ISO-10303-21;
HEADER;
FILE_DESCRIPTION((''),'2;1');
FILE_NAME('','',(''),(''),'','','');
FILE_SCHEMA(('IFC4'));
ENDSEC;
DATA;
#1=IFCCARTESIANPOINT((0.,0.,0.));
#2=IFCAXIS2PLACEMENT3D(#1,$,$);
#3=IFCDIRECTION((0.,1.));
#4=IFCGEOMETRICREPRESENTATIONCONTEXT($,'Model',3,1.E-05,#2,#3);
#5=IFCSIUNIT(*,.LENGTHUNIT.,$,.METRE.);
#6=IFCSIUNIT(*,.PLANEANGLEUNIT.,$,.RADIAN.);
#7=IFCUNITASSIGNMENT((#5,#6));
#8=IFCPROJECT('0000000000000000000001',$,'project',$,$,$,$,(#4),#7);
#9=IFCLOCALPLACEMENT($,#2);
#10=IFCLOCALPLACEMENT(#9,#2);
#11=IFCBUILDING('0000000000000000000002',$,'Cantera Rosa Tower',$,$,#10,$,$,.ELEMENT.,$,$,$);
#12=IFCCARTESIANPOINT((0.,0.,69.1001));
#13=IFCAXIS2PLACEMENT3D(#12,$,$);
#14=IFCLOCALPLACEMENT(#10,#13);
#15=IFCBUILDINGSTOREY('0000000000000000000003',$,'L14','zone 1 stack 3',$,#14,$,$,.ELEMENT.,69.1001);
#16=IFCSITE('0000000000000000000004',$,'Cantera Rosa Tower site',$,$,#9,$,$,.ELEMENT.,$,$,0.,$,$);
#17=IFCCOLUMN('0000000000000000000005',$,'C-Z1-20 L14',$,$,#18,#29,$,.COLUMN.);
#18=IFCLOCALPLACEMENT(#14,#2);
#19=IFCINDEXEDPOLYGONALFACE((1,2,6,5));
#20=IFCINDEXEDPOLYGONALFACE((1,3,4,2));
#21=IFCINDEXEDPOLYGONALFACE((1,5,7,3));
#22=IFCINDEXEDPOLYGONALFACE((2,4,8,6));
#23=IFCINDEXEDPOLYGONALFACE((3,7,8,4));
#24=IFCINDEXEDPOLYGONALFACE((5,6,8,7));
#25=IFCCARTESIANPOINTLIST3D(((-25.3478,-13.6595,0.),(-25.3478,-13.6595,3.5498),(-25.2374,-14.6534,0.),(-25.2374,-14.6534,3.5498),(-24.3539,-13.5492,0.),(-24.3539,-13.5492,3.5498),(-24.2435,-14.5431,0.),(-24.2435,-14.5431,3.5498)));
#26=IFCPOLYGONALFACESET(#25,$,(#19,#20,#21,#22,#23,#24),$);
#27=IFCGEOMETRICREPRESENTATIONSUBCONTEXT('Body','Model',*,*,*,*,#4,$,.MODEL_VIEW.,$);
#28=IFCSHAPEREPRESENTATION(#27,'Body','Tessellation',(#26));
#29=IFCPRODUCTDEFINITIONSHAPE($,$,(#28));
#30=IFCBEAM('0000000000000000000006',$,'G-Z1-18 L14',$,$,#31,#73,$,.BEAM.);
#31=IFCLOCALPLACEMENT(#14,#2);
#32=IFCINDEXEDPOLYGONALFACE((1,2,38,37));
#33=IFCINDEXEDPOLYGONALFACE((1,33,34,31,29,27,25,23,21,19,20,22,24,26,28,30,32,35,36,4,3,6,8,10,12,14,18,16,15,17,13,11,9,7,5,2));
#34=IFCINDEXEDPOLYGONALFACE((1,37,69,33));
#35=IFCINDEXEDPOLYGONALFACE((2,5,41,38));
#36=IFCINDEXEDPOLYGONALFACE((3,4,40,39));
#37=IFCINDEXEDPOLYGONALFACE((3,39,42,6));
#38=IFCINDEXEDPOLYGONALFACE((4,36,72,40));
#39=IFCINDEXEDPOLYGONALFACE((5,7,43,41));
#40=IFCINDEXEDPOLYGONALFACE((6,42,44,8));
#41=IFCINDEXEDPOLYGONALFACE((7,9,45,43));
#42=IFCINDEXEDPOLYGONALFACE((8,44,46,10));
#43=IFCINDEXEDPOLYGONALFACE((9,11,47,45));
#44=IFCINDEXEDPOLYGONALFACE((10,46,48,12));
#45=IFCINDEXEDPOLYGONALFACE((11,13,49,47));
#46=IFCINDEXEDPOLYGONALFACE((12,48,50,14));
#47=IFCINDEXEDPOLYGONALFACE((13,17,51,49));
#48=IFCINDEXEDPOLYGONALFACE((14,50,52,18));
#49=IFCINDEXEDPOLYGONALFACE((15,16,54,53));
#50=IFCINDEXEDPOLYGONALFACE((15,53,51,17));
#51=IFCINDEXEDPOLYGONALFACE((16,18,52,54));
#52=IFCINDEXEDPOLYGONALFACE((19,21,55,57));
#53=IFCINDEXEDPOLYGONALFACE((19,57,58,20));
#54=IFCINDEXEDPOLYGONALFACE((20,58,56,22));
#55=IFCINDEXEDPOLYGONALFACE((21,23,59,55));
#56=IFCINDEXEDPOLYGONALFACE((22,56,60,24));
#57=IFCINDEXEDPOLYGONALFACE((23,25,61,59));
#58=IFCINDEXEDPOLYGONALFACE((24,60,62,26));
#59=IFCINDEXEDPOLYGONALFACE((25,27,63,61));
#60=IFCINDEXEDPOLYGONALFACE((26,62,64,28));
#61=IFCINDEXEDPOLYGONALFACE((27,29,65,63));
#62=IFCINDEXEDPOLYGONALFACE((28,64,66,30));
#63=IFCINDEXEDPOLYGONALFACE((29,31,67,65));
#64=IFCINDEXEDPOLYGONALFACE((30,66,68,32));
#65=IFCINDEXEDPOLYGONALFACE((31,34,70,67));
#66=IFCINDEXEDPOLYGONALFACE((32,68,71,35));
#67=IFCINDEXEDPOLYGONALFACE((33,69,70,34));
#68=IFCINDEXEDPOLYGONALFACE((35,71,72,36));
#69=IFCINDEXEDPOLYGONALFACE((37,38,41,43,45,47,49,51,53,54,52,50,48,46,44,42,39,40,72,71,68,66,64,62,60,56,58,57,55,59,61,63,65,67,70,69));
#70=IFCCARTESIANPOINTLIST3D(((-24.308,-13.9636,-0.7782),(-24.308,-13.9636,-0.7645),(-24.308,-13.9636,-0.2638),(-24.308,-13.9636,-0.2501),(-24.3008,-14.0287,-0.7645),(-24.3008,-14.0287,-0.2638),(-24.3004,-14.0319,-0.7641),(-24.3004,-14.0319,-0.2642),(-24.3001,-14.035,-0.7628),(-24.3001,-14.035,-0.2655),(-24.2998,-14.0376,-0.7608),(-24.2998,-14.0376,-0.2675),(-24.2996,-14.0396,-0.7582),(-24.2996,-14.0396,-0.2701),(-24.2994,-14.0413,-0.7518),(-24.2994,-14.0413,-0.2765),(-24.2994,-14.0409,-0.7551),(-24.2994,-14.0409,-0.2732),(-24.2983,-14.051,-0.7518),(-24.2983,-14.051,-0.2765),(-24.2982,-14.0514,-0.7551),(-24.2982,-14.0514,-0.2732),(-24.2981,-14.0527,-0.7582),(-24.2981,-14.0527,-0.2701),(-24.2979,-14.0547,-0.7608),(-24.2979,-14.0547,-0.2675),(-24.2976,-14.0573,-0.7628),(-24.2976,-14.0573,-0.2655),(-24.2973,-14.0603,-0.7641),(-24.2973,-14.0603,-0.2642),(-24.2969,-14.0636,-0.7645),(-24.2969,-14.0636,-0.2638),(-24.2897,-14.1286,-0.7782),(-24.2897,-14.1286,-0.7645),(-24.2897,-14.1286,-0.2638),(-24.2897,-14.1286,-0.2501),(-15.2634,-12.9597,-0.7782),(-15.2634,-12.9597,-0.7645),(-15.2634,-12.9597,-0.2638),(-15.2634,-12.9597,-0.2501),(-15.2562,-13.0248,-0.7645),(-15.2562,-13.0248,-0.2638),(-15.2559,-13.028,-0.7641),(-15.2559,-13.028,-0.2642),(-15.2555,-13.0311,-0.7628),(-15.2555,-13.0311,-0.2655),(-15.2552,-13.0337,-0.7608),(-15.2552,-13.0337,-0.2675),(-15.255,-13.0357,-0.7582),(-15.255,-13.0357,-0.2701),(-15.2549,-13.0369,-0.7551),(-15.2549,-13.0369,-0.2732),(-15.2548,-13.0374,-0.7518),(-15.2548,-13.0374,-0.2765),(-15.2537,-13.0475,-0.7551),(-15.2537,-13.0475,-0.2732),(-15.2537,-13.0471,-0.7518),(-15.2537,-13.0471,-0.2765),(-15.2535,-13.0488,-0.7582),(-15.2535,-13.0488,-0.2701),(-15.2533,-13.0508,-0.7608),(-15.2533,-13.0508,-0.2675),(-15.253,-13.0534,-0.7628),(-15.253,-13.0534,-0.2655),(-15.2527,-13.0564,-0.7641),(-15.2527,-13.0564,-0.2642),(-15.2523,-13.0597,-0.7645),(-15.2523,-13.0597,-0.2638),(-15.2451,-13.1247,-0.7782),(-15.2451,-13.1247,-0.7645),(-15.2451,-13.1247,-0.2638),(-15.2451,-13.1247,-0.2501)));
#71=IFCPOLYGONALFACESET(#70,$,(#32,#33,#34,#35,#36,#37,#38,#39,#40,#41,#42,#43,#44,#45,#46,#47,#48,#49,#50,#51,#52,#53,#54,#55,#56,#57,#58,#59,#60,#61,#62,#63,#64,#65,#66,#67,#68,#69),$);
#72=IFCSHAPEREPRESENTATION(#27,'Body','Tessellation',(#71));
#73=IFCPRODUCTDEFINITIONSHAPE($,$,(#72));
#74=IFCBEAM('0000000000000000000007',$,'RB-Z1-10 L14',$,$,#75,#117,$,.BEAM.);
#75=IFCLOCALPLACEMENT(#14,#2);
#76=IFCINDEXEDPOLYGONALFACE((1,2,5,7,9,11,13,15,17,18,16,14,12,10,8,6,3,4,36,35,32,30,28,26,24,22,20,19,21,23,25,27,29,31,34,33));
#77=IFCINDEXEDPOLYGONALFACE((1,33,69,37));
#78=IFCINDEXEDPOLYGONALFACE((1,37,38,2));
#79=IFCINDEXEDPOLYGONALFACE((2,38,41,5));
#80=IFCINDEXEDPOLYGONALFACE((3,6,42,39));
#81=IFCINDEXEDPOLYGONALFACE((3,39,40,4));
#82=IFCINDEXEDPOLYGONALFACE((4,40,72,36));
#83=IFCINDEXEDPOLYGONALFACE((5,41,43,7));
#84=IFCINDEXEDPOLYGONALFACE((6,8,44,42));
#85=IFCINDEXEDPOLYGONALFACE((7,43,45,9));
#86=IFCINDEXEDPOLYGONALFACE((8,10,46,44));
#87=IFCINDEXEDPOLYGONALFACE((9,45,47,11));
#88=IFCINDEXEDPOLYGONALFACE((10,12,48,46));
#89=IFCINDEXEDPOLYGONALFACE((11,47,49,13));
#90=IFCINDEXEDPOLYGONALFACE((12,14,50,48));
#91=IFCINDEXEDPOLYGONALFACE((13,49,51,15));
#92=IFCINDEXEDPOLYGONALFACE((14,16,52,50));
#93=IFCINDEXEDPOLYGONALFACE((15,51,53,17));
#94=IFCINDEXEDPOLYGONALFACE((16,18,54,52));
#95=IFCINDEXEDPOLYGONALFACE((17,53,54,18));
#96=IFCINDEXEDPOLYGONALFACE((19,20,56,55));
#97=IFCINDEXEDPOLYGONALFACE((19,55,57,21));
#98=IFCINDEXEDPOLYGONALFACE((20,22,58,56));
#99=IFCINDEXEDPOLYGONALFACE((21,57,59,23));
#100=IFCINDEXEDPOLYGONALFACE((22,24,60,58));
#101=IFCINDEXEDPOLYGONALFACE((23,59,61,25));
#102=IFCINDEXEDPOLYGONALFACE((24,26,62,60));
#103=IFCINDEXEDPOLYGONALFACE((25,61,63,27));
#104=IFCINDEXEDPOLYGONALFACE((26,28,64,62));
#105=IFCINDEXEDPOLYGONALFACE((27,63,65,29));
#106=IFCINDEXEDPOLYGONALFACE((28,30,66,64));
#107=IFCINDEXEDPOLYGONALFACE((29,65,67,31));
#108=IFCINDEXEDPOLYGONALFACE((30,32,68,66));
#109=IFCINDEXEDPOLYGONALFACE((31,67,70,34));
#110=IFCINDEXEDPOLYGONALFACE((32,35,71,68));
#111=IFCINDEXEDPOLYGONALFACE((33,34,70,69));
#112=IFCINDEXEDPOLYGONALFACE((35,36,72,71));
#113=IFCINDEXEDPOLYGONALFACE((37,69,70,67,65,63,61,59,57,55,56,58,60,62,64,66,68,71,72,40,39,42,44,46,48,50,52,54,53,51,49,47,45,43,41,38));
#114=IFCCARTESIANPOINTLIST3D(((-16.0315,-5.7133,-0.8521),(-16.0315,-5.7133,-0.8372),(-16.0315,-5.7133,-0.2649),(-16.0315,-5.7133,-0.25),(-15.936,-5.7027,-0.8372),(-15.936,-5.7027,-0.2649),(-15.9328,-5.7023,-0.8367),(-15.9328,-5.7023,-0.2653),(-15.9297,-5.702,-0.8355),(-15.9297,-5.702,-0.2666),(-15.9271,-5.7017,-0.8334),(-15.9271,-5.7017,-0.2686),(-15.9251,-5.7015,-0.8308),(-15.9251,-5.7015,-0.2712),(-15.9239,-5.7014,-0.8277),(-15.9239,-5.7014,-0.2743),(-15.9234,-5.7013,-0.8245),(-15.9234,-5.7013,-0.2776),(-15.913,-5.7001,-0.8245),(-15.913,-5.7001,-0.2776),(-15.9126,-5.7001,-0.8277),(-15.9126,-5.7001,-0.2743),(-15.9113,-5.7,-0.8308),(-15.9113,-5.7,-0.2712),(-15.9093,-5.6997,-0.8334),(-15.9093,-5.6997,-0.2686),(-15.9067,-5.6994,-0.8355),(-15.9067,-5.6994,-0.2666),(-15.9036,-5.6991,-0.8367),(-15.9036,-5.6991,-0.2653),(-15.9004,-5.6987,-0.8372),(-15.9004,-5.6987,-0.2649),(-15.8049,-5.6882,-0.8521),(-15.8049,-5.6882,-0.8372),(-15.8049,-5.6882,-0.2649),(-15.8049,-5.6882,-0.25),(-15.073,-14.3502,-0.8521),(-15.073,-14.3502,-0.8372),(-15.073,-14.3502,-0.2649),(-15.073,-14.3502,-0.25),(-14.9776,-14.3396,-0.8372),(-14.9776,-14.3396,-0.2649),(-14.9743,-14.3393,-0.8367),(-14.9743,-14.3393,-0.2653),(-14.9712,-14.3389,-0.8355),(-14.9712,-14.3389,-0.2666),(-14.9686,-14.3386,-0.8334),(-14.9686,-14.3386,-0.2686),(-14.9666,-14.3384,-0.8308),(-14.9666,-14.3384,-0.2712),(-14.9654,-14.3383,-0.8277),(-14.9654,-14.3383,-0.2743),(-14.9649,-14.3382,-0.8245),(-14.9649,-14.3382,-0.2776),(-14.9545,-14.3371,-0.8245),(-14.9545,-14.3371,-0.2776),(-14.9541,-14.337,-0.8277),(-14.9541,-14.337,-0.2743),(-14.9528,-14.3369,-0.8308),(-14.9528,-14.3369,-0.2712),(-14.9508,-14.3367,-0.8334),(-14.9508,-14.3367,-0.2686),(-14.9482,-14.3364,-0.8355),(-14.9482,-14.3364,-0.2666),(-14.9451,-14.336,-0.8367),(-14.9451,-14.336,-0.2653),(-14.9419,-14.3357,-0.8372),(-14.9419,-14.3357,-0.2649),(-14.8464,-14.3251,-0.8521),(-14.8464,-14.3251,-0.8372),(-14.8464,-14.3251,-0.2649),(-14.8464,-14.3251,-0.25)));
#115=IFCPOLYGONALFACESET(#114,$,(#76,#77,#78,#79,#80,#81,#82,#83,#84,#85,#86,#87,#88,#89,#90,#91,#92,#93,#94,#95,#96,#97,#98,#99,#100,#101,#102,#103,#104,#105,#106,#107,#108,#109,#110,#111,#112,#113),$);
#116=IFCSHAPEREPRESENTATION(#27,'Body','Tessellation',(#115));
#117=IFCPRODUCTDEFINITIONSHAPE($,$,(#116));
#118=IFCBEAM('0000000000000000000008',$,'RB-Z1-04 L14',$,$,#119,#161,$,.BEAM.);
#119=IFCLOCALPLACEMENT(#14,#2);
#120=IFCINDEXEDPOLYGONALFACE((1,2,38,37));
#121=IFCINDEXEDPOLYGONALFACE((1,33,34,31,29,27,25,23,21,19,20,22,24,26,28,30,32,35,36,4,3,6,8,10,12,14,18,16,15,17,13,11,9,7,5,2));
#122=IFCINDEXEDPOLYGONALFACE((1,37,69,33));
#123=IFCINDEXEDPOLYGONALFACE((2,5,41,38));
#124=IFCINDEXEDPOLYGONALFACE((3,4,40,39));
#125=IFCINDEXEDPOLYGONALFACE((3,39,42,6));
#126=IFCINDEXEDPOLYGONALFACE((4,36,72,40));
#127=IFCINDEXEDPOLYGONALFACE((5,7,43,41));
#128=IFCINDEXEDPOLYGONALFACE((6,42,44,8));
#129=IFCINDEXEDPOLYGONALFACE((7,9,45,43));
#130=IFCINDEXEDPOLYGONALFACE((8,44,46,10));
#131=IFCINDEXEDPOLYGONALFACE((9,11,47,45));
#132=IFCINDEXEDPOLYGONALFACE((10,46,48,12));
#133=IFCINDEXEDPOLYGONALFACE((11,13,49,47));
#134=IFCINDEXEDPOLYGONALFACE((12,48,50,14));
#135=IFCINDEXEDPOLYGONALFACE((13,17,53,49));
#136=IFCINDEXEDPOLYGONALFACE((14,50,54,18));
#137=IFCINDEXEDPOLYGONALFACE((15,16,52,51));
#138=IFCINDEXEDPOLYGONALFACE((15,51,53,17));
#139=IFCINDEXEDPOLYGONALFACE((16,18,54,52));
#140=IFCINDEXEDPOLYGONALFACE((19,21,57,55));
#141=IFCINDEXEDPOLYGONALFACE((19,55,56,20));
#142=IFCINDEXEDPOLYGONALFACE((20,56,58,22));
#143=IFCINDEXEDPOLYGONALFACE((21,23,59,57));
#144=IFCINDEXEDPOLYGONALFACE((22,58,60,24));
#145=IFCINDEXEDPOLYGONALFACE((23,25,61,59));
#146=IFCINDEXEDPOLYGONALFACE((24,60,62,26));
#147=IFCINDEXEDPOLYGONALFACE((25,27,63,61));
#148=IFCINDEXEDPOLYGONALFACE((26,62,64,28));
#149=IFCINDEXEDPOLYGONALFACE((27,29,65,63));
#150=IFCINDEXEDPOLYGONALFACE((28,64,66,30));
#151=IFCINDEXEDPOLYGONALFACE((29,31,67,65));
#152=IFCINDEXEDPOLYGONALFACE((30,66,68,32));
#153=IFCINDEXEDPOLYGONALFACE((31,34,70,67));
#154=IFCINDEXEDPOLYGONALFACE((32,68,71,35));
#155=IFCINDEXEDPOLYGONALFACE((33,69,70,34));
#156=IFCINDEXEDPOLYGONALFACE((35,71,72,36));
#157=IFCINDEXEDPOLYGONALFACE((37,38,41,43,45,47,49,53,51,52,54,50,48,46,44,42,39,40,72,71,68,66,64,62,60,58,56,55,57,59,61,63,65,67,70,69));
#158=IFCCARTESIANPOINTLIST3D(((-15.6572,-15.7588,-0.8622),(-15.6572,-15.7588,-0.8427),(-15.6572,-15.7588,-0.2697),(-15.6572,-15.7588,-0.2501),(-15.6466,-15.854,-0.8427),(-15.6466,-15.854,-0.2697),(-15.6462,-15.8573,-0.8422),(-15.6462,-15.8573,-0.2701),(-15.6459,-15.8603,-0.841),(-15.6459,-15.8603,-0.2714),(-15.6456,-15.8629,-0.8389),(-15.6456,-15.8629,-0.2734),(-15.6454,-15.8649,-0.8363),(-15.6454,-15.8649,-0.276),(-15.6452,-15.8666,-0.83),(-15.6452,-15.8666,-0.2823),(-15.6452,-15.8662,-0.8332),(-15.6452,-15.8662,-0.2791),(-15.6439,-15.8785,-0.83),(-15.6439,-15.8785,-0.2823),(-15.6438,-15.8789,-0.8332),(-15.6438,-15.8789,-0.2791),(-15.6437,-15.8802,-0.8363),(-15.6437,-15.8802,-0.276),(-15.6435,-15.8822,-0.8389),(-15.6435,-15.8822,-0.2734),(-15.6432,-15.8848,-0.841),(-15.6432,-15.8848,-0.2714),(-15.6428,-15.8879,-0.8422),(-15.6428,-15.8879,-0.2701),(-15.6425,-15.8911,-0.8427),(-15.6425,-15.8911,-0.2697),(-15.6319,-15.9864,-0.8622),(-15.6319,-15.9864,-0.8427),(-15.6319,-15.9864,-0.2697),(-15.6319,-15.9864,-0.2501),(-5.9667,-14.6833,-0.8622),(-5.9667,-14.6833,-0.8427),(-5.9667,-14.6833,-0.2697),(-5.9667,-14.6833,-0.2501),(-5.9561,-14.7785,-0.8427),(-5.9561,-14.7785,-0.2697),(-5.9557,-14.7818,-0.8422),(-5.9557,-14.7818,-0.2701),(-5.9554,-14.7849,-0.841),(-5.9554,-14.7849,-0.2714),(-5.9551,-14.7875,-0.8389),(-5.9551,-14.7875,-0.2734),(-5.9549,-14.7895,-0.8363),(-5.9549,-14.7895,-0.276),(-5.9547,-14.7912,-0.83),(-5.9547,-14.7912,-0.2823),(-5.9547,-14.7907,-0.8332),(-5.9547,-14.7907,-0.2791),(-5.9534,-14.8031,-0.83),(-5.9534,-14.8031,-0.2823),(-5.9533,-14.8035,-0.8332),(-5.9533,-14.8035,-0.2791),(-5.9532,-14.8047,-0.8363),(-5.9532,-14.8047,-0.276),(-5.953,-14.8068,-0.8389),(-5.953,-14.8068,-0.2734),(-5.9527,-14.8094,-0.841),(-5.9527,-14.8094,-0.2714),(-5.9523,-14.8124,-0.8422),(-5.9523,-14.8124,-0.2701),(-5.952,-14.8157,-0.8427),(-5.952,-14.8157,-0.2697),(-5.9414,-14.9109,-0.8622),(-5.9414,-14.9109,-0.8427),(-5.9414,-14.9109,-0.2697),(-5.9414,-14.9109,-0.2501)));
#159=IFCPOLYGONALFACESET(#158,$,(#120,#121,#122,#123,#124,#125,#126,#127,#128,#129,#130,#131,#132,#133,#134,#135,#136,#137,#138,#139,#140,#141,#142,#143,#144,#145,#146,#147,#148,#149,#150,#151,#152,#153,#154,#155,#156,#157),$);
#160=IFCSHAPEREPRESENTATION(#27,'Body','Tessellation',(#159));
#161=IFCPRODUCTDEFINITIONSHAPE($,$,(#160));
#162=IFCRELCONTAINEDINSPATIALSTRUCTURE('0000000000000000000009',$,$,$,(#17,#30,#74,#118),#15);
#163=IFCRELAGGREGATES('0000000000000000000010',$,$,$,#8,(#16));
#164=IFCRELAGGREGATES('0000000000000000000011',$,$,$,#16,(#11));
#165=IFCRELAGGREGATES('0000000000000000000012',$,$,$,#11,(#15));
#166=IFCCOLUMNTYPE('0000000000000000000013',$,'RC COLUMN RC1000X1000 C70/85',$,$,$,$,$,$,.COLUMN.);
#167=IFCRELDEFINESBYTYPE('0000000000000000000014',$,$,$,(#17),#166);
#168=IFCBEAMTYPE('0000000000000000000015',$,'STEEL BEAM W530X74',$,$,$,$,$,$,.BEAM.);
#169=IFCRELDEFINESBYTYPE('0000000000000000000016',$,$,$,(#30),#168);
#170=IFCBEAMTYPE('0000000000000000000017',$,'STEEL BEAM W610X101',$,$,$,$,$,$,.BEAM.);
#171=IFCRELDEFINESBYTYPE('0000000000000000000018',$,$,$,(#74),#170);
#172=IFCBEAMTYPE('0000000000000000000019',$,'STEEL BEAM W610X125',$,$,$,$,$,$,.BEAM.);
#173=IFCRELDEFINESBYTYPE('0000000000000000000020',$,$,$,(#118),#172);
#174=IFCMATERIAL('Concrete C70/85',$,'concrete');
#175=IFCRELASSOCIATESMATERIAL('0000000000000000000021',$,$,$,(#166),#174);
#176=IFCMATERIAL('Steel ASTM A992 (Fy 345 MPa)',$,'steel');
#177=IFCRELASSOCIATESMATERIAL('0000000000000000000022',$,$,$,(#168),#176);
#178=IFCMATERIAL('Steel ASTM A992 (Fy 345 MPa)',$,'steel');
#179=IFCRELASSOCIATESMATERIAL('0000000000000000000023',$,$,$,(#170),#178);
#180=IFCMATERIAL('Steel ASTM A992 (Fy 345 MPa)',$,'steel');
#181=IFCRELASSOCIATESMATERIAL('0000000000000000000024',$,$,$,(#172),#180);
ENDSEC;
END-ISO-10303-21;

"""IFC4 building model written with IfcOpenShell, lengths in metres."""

from ifc_helpers import new_model, si_unit, direction, frame, origin, origin_2d, place, context, subcontext, project, spatial, rectangle, i_section, extrude, material, material_profile, profile_set, type_object, element, save


model = new_model("IFC4")

# Units and contexts
model_context = context("Model", 3, precision=1e-05, world=origin(), true_north=direction((0.0, 1.0)))
body_context = subcontext(model_context, "Body", "Model", "MODEL_VIEW")
ifc_project = project(units=[si_unit("LENGTHUNIT", "METRE"), si_unit("PLANEANGLEUNIT", "RADIAN")], contexts=[model_context])

# Site, building, storey
site_placement = place(None, origin())
site = spatial("IfcSite", under=ifc_project, at=site_placement, Name="Cantera Rosa Tower site", CompositionType="ELEMENT", RefElevation=0.0)
building_placement = place(site_placement, origin())
building = spatial("IfcBuilding", under=site, at=building_placement, Name="Cantera Rosa Tower", CompositionType="ELEMENT")
storey_placement = place(building_placement, frame((0.0, 0.0, 69.1001)))
storey = spatial("IfcBuildingStorey", under=building, at=storey_placement, Name="L14", Description="zone 1 stack 3", CompositionType="ELEMENT", Elevation=69.1001)

# Column
ifc_material_1 = material(Name="Concrete C70/85", Category="concrete")
ifc_material_profile_1 = material_profile(ifc_material_1, rectangle(XDim=1.0, YDim=1.0, at=origin_2d()), Name="RC COLUMN RC1000X1000 C70/85")
ifc_profile_set_1 = profile_set([ifc_material_profile_1], Name="Concrete C70/85")
column_type = type_object("IfcColumnType", Name="RC COLUMN RC1000X1000 C70/85", PredefinedType="COLUMN", material=ifc_profile_set_1)
column_placement = place(storey_placement, frame((-24.7957, -14.1013, 0.0), z_axis=(0.0, 0.0, 1.0), x_axis=(0.993897, 0.110313, 0.0)))
element("IfcColumn", 1, at=column_placement, inside=storey, type_object=column_type, Name="C-Z1-20 L14", PredefinedType="COLUMN", context=body_context, shape_type="SweptSolid", body=[
    extrude(rectangle(XDim=1.0, YDim=1.0, at=origin_2d()), origin(), (0.0, 0.0, 1.0), 3.5498),
])

# Beams
ifc_material_2 = material(Name="Steel ASTM A992 (Fy 345 MPa)", Category="steel")
ifc_material_profile_2 = material_profile(ifc_material_2, i_section(OverallWidth=0.166, OverallDepth=0.5281, WebThickness=0.0098, FlangeThickness=0.0137, FilletRadius=0.0127, at=origin_2d()), Name="W530X74")
ifc_profile_set_2 = profile_set([ifc_material_profile_2], Name="Steel ASTM A992 (Fy 345 MPa)")
beam_type_1 = type_object("IfcBeamType", Name="STEEL BEAM W530X74", PredefinedType="BEAM", material=ifc_profile_set_2)
beam_1_placement = place(storey_placement, frame((-24.2988, -14.0461, -0.5142), z_axis=(0.993896, 0.11032, 0.0), x_axis=(-0.11032, 0.993896, 0.0)))
element("IfcBeam", 2, at=beam_1_placement, inside=storey, type_object=beam_type_1, Name="G-Z1-18 L14", PredefinedType="BEAM", context=body_context, shape_type="SweptSolid", body=[
    extrude(i_section(OverallWidth=0.166, OverallDepth=0.5281, WebThickness=0.0098, FlangeThickness=0.0137, FilletRadius=0.0127, at=origin_2d()), origin(), (0.0, 0.0, 1.0), 9.1001),
])
ifc_material_3 = material(Name="Steel ASTM A992 (Fy 345 MPa)", Category="steel")
ifc_material_profile_3 = material_profile(ifc_material_3, i_section(OverallWidth=0.228, OverallDepth=0.6021, WebThickness=0.0105, FlangeThickness=0.0149, FilletRadius=0.0127, at=origin_2d()), Name="W610X101")
ifc_profile_set_3 = profile_set([ifc_material_profile_3], Name="Steel ASTM A992 (Fy 345 MPa)")
beam_type_2 = type_object("IfcBeamType", Name="STEEL BEAM W610X101", PredefinedType="BEAM", material=ifc_profile_set_3)
beam_2_placement = place(storey_placement, frame((-14.9597, -14.3376, -0.551), z_axis=(-0.110299, 0.993898, 0.0), x_axis=(-0.993898, -0.110299, 0.0)))
element("IfcBeam", 3, at=beam_2_placement, inside=storey, type_object=beam_type_2, Name="RB-Z1-10 L14", PredefinedType="BEAM", context=body_context, shape_type="SweptSolid", body=[
    extrude(i_section(OverallWidth=0.228, OverallDepth=0.6021, WebThickness=0.0105, FlangeThickness=0.0149, FilletRadius=0.0127, at=origin_2d()), origin(), (0.0, 0.0, 1.0), 8.6899),
])
ifc_material_4 = material(Name="Steel ASTM A992 (Fy 345 MPa)", Category="steel")
ifc_material_profile_4 = material_profile(ifc_material_4, i_section(OverallWidth=0.229, OverallDepth=0.6121, WebThickness=0.012, FlangeThickness=0.0195, FilletRadius=0.0127, at=origin_2d()), Name="W610X125")
ifc_profile_set_4 = profile_set([ifc_material_profile_4], Name="Steel ASTM A992 (Fy 345 MPa)")
beam_type_3 = type_object("IfcBeamType", Name="STEEL BEAM W610X125", PredefinedType="BEAM", material=ifc_profile_set_4)
beam_3_placement = place(storey_placement, frame((-15.6445, -15.8726, -0.5562), z_axis=(0.993898, 0.110302, 0.0), x_axis=(-0.110302, 0.993898, 0.0)))
element("IfcBeam", 4, at=beam_3_placement, inside=storey, type_object=beam_type_3, Name="RB-Z1-04 L14", PredefinedType="BEAM", context=body_context, shape_type="SweptSolid", body=[
    extrude(i_section(OverallWidth=0.229, OverallDepth=0.6121, WebThickness=0.012, FlangeThickness=0.0195, FilletRadius=0.0127, at=origin_2d()), origin(), (0.0, 0.0, 1.0), 9.75),
])

save(model, "model.ifc")
